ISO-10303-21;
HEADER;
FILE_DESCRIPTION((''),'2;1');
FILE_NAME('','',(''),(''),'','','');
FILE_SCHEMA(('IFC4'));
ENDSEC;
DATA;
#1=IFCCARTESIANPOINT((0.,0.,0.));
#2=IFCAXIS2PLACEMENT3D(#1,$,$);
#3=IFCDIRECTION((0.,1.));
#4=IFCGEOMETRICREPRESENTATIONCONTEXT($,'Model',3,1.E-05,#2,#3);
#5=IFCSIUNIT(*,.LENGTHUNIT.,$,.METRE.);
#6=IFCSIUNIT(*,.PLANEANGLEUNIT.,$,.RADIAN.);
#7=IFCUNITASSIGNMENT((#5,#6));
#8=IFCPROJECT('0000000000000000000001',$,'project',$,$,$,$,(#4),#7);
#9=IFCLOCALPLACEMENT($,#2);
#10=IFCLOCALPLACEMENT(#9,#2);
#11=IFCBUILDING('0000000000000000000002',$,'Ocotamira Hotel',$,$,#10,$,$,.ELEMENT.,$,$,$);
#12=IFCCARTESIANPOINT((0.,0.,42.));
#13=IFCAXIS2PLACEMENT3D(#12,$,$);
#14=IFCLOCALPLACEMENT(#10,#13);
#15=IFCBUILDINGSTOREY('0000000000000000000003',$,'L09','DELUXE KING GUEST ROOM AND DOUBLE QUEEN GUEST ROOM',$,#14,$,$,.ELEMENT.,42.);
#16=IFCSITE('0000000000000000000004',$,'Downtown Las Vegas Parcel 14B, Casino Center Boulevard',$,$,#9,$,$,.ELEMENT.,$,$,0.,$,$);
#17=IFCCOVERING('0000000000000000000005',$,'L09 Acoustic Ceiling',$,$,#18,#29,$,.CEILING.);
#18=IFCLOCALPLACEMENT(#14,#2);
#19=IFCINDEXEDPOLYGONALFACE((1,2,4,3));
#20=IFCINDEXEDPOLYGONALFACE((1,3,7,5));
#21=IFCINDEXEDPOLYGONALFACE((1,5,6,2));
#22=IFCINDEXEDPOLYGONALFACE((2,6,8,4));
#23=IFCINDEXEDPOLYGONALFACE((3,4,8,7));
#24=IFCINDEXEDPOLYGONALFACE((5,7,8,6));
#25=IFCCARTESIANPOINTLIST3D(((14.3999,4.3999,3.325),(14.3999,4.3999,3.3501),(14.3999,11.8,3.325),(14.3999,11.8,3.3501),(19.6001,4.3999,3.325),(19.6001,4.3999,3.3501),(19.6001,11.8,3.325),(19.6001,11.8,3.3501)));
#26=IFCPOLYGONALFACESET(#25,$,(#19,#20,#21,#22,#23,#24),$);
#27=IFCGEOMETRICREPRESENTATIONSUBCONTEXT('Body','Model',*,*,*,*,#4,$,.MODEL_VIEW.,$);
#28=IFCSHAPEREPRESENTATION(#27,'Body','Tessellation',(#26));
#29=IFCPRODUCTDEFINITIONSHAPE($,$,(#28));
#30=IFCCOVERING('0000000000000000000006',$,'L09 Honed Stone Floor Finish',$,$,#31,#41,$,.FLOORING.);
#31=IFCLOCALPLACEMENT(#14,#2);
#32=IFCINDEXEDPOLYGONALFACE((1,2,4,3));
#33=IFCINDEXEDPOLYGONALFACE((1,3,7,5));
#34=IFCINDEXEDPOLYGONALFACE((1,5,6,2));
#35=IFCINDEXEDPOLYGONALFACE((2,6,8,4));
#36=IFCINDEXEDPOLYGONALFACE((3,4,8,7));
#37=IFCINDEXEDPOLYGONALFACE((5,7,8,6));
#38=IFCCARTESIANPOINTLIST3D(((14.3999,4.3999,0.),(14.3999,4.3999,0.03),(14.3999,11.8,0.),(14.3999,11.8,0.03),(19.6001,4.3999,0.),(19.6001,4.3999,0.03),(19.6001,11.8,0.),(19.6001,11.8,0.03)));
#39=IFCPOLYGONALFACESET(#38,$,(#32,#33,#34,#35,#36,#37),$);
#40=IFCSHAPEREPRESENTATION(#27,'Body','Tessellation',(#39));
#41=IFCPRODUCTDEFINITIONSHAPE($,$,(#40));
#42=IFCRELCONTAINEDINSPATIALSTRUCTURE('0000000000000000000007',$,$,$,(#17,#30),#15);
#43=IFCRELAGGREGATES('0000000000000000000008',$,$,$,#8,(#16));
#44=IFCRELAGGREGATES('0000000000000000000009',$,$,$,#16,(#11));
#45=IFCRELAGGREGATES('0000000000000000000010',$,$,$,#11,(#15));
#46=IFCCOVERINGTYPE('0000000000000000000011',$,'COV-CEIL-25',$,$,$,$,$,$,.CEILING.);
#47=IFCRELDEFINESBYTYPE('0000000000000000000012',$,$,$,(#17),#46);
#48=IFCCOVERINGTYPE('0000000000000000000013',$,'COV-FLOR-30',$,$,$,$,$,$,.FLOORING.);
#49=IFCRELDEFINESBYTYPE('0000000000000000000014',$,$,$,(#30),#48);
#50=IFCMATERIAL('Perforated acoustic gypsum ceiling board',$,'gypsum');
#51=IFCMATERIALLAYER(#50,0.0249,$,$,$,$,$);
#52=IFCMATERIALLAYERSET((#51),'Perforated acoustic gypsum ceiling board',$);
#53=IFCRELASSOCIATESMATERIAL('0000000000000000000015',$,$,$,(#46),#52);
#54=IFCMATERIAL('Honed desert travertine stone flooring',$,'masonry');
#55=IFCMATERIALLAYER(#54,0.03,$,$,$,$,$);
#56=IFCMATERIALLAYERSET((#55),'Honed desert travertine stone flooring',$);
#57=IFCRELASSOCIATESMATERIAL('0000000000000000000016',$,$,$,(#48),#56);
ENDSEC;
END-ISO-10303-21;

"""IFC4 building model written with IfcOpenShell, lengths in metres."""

from ifc_helpers import new_model, si_unit, direction, frame, origin, place, context, subcontext, project, spatial, polyline, outline, extrude, material, layer, layer_set, type_object, element, save


model = new_model("IFC4")

# Units and contexts
model_context = context("Model", 3, precision=1e-05, world=origin(), true_north=direction((0.0, 1.0)))
body_context = subcontext(model_context, "Body", "Model", "MODEL_VIEW")
ifc_project = project(units=[si_unit("LENGTHUNIT", "METRE"), si_unit("PLANEANGLEUNIT", "RADIAN")], contexts=[model_context])

# Site, building, storey
site_placement = place(None, origin())
site = spatial("IfcSite", under=ifc_project, at=site_placement, Name="Downtown Las Vegas Parcel 14B, Casino Center Boulevard", CompositionType="ELEMENT", RefElevation=0.0)
building_placement = place(site_placement, origin())
building = spatial("IfcBuilding", under=site, at=building_placement, Name="Ocotamira Hotel", CompositionType="ELEMENT")
storey_placement = place(building_placement, frame((0.0, 0.0, 42.0)))
storey = spatial("IfcBuildingStorey", under=building, at=storey_placement, Name="L09", Description="DELUXE KING GUEST ROOM AND DOUBLE QUEEN GUEST ROOM", CompositionType="ELEMENT", Elevation=42.0)

# Coverings
ifc_material_1 = material(Name="Perforated acoustic gypsum ceiling board", Category="gypsum")
ifc_layer_1 = layer(ifc_material_1, 0.0249)
ifc_layer_set_1 = layer_set([ifc_layer_1], Name="Perforated acoustic gypsum ceiling board")
covering_type_1 = type_object("IfcCoveringType", Name="COV-CEIL-25", PredefinedType="CEILING", material=ifc_layer_set_1)
covering_1_placement = place(storey_placement, frame((0.0, 0.0, 3.325)))
element("IfcCovering", 1, at=covering_1_placement, inside=storey, type_object=covering_type_1, Name="L09 Acoustic Ceiling", PredefinedType="CEILING", context=body_context, shape_type="SweptSolid", body=[
    extrude(outline(polyline([(14.3999, 4.3999), (19.6001, 4.3999), (19.6001, 11.8), (14.3999, 11.8), (14.3999, 4.3999)])), origin(), (0.0, 0.0, 1.0), 0.0251),
])
ifc_material_2 = material(Name="Honed desert travertine stone flooring", Category="masonry")
ifc_layer_2 = layer(ifc_material_2, 0.03)
ifc_layer_set_2 = layer_set([ifc_layer_2], Name="Honed desert travertine stone flooring")
covering_type_2 = type_object("IfcCoveringType", Name="COV-FLOR-30", PredefinedType="FLOORING", material=ifc_layer_set_2)
covering_2_placement = place(storey_placement, origin())
element("IfcCovering", 2, at=covering_2_placement, inside=storey, type_object=covering_type_2, Name="L09 Honed Stone Floor Finish", PredefinedType="FLOORING", context=body_context, shape_type="SweptSolid", body=[
    extrude(outline(polyline([(14.3999, 4.3999), (19.6001, 4.3999), (19.6001, 11.8), (14.3999, 11.8), (14.3999, 4.3999)])), origin(), (0.0, 0.0, 1.0), 0.03),
])

save(model, "model.ifc")
